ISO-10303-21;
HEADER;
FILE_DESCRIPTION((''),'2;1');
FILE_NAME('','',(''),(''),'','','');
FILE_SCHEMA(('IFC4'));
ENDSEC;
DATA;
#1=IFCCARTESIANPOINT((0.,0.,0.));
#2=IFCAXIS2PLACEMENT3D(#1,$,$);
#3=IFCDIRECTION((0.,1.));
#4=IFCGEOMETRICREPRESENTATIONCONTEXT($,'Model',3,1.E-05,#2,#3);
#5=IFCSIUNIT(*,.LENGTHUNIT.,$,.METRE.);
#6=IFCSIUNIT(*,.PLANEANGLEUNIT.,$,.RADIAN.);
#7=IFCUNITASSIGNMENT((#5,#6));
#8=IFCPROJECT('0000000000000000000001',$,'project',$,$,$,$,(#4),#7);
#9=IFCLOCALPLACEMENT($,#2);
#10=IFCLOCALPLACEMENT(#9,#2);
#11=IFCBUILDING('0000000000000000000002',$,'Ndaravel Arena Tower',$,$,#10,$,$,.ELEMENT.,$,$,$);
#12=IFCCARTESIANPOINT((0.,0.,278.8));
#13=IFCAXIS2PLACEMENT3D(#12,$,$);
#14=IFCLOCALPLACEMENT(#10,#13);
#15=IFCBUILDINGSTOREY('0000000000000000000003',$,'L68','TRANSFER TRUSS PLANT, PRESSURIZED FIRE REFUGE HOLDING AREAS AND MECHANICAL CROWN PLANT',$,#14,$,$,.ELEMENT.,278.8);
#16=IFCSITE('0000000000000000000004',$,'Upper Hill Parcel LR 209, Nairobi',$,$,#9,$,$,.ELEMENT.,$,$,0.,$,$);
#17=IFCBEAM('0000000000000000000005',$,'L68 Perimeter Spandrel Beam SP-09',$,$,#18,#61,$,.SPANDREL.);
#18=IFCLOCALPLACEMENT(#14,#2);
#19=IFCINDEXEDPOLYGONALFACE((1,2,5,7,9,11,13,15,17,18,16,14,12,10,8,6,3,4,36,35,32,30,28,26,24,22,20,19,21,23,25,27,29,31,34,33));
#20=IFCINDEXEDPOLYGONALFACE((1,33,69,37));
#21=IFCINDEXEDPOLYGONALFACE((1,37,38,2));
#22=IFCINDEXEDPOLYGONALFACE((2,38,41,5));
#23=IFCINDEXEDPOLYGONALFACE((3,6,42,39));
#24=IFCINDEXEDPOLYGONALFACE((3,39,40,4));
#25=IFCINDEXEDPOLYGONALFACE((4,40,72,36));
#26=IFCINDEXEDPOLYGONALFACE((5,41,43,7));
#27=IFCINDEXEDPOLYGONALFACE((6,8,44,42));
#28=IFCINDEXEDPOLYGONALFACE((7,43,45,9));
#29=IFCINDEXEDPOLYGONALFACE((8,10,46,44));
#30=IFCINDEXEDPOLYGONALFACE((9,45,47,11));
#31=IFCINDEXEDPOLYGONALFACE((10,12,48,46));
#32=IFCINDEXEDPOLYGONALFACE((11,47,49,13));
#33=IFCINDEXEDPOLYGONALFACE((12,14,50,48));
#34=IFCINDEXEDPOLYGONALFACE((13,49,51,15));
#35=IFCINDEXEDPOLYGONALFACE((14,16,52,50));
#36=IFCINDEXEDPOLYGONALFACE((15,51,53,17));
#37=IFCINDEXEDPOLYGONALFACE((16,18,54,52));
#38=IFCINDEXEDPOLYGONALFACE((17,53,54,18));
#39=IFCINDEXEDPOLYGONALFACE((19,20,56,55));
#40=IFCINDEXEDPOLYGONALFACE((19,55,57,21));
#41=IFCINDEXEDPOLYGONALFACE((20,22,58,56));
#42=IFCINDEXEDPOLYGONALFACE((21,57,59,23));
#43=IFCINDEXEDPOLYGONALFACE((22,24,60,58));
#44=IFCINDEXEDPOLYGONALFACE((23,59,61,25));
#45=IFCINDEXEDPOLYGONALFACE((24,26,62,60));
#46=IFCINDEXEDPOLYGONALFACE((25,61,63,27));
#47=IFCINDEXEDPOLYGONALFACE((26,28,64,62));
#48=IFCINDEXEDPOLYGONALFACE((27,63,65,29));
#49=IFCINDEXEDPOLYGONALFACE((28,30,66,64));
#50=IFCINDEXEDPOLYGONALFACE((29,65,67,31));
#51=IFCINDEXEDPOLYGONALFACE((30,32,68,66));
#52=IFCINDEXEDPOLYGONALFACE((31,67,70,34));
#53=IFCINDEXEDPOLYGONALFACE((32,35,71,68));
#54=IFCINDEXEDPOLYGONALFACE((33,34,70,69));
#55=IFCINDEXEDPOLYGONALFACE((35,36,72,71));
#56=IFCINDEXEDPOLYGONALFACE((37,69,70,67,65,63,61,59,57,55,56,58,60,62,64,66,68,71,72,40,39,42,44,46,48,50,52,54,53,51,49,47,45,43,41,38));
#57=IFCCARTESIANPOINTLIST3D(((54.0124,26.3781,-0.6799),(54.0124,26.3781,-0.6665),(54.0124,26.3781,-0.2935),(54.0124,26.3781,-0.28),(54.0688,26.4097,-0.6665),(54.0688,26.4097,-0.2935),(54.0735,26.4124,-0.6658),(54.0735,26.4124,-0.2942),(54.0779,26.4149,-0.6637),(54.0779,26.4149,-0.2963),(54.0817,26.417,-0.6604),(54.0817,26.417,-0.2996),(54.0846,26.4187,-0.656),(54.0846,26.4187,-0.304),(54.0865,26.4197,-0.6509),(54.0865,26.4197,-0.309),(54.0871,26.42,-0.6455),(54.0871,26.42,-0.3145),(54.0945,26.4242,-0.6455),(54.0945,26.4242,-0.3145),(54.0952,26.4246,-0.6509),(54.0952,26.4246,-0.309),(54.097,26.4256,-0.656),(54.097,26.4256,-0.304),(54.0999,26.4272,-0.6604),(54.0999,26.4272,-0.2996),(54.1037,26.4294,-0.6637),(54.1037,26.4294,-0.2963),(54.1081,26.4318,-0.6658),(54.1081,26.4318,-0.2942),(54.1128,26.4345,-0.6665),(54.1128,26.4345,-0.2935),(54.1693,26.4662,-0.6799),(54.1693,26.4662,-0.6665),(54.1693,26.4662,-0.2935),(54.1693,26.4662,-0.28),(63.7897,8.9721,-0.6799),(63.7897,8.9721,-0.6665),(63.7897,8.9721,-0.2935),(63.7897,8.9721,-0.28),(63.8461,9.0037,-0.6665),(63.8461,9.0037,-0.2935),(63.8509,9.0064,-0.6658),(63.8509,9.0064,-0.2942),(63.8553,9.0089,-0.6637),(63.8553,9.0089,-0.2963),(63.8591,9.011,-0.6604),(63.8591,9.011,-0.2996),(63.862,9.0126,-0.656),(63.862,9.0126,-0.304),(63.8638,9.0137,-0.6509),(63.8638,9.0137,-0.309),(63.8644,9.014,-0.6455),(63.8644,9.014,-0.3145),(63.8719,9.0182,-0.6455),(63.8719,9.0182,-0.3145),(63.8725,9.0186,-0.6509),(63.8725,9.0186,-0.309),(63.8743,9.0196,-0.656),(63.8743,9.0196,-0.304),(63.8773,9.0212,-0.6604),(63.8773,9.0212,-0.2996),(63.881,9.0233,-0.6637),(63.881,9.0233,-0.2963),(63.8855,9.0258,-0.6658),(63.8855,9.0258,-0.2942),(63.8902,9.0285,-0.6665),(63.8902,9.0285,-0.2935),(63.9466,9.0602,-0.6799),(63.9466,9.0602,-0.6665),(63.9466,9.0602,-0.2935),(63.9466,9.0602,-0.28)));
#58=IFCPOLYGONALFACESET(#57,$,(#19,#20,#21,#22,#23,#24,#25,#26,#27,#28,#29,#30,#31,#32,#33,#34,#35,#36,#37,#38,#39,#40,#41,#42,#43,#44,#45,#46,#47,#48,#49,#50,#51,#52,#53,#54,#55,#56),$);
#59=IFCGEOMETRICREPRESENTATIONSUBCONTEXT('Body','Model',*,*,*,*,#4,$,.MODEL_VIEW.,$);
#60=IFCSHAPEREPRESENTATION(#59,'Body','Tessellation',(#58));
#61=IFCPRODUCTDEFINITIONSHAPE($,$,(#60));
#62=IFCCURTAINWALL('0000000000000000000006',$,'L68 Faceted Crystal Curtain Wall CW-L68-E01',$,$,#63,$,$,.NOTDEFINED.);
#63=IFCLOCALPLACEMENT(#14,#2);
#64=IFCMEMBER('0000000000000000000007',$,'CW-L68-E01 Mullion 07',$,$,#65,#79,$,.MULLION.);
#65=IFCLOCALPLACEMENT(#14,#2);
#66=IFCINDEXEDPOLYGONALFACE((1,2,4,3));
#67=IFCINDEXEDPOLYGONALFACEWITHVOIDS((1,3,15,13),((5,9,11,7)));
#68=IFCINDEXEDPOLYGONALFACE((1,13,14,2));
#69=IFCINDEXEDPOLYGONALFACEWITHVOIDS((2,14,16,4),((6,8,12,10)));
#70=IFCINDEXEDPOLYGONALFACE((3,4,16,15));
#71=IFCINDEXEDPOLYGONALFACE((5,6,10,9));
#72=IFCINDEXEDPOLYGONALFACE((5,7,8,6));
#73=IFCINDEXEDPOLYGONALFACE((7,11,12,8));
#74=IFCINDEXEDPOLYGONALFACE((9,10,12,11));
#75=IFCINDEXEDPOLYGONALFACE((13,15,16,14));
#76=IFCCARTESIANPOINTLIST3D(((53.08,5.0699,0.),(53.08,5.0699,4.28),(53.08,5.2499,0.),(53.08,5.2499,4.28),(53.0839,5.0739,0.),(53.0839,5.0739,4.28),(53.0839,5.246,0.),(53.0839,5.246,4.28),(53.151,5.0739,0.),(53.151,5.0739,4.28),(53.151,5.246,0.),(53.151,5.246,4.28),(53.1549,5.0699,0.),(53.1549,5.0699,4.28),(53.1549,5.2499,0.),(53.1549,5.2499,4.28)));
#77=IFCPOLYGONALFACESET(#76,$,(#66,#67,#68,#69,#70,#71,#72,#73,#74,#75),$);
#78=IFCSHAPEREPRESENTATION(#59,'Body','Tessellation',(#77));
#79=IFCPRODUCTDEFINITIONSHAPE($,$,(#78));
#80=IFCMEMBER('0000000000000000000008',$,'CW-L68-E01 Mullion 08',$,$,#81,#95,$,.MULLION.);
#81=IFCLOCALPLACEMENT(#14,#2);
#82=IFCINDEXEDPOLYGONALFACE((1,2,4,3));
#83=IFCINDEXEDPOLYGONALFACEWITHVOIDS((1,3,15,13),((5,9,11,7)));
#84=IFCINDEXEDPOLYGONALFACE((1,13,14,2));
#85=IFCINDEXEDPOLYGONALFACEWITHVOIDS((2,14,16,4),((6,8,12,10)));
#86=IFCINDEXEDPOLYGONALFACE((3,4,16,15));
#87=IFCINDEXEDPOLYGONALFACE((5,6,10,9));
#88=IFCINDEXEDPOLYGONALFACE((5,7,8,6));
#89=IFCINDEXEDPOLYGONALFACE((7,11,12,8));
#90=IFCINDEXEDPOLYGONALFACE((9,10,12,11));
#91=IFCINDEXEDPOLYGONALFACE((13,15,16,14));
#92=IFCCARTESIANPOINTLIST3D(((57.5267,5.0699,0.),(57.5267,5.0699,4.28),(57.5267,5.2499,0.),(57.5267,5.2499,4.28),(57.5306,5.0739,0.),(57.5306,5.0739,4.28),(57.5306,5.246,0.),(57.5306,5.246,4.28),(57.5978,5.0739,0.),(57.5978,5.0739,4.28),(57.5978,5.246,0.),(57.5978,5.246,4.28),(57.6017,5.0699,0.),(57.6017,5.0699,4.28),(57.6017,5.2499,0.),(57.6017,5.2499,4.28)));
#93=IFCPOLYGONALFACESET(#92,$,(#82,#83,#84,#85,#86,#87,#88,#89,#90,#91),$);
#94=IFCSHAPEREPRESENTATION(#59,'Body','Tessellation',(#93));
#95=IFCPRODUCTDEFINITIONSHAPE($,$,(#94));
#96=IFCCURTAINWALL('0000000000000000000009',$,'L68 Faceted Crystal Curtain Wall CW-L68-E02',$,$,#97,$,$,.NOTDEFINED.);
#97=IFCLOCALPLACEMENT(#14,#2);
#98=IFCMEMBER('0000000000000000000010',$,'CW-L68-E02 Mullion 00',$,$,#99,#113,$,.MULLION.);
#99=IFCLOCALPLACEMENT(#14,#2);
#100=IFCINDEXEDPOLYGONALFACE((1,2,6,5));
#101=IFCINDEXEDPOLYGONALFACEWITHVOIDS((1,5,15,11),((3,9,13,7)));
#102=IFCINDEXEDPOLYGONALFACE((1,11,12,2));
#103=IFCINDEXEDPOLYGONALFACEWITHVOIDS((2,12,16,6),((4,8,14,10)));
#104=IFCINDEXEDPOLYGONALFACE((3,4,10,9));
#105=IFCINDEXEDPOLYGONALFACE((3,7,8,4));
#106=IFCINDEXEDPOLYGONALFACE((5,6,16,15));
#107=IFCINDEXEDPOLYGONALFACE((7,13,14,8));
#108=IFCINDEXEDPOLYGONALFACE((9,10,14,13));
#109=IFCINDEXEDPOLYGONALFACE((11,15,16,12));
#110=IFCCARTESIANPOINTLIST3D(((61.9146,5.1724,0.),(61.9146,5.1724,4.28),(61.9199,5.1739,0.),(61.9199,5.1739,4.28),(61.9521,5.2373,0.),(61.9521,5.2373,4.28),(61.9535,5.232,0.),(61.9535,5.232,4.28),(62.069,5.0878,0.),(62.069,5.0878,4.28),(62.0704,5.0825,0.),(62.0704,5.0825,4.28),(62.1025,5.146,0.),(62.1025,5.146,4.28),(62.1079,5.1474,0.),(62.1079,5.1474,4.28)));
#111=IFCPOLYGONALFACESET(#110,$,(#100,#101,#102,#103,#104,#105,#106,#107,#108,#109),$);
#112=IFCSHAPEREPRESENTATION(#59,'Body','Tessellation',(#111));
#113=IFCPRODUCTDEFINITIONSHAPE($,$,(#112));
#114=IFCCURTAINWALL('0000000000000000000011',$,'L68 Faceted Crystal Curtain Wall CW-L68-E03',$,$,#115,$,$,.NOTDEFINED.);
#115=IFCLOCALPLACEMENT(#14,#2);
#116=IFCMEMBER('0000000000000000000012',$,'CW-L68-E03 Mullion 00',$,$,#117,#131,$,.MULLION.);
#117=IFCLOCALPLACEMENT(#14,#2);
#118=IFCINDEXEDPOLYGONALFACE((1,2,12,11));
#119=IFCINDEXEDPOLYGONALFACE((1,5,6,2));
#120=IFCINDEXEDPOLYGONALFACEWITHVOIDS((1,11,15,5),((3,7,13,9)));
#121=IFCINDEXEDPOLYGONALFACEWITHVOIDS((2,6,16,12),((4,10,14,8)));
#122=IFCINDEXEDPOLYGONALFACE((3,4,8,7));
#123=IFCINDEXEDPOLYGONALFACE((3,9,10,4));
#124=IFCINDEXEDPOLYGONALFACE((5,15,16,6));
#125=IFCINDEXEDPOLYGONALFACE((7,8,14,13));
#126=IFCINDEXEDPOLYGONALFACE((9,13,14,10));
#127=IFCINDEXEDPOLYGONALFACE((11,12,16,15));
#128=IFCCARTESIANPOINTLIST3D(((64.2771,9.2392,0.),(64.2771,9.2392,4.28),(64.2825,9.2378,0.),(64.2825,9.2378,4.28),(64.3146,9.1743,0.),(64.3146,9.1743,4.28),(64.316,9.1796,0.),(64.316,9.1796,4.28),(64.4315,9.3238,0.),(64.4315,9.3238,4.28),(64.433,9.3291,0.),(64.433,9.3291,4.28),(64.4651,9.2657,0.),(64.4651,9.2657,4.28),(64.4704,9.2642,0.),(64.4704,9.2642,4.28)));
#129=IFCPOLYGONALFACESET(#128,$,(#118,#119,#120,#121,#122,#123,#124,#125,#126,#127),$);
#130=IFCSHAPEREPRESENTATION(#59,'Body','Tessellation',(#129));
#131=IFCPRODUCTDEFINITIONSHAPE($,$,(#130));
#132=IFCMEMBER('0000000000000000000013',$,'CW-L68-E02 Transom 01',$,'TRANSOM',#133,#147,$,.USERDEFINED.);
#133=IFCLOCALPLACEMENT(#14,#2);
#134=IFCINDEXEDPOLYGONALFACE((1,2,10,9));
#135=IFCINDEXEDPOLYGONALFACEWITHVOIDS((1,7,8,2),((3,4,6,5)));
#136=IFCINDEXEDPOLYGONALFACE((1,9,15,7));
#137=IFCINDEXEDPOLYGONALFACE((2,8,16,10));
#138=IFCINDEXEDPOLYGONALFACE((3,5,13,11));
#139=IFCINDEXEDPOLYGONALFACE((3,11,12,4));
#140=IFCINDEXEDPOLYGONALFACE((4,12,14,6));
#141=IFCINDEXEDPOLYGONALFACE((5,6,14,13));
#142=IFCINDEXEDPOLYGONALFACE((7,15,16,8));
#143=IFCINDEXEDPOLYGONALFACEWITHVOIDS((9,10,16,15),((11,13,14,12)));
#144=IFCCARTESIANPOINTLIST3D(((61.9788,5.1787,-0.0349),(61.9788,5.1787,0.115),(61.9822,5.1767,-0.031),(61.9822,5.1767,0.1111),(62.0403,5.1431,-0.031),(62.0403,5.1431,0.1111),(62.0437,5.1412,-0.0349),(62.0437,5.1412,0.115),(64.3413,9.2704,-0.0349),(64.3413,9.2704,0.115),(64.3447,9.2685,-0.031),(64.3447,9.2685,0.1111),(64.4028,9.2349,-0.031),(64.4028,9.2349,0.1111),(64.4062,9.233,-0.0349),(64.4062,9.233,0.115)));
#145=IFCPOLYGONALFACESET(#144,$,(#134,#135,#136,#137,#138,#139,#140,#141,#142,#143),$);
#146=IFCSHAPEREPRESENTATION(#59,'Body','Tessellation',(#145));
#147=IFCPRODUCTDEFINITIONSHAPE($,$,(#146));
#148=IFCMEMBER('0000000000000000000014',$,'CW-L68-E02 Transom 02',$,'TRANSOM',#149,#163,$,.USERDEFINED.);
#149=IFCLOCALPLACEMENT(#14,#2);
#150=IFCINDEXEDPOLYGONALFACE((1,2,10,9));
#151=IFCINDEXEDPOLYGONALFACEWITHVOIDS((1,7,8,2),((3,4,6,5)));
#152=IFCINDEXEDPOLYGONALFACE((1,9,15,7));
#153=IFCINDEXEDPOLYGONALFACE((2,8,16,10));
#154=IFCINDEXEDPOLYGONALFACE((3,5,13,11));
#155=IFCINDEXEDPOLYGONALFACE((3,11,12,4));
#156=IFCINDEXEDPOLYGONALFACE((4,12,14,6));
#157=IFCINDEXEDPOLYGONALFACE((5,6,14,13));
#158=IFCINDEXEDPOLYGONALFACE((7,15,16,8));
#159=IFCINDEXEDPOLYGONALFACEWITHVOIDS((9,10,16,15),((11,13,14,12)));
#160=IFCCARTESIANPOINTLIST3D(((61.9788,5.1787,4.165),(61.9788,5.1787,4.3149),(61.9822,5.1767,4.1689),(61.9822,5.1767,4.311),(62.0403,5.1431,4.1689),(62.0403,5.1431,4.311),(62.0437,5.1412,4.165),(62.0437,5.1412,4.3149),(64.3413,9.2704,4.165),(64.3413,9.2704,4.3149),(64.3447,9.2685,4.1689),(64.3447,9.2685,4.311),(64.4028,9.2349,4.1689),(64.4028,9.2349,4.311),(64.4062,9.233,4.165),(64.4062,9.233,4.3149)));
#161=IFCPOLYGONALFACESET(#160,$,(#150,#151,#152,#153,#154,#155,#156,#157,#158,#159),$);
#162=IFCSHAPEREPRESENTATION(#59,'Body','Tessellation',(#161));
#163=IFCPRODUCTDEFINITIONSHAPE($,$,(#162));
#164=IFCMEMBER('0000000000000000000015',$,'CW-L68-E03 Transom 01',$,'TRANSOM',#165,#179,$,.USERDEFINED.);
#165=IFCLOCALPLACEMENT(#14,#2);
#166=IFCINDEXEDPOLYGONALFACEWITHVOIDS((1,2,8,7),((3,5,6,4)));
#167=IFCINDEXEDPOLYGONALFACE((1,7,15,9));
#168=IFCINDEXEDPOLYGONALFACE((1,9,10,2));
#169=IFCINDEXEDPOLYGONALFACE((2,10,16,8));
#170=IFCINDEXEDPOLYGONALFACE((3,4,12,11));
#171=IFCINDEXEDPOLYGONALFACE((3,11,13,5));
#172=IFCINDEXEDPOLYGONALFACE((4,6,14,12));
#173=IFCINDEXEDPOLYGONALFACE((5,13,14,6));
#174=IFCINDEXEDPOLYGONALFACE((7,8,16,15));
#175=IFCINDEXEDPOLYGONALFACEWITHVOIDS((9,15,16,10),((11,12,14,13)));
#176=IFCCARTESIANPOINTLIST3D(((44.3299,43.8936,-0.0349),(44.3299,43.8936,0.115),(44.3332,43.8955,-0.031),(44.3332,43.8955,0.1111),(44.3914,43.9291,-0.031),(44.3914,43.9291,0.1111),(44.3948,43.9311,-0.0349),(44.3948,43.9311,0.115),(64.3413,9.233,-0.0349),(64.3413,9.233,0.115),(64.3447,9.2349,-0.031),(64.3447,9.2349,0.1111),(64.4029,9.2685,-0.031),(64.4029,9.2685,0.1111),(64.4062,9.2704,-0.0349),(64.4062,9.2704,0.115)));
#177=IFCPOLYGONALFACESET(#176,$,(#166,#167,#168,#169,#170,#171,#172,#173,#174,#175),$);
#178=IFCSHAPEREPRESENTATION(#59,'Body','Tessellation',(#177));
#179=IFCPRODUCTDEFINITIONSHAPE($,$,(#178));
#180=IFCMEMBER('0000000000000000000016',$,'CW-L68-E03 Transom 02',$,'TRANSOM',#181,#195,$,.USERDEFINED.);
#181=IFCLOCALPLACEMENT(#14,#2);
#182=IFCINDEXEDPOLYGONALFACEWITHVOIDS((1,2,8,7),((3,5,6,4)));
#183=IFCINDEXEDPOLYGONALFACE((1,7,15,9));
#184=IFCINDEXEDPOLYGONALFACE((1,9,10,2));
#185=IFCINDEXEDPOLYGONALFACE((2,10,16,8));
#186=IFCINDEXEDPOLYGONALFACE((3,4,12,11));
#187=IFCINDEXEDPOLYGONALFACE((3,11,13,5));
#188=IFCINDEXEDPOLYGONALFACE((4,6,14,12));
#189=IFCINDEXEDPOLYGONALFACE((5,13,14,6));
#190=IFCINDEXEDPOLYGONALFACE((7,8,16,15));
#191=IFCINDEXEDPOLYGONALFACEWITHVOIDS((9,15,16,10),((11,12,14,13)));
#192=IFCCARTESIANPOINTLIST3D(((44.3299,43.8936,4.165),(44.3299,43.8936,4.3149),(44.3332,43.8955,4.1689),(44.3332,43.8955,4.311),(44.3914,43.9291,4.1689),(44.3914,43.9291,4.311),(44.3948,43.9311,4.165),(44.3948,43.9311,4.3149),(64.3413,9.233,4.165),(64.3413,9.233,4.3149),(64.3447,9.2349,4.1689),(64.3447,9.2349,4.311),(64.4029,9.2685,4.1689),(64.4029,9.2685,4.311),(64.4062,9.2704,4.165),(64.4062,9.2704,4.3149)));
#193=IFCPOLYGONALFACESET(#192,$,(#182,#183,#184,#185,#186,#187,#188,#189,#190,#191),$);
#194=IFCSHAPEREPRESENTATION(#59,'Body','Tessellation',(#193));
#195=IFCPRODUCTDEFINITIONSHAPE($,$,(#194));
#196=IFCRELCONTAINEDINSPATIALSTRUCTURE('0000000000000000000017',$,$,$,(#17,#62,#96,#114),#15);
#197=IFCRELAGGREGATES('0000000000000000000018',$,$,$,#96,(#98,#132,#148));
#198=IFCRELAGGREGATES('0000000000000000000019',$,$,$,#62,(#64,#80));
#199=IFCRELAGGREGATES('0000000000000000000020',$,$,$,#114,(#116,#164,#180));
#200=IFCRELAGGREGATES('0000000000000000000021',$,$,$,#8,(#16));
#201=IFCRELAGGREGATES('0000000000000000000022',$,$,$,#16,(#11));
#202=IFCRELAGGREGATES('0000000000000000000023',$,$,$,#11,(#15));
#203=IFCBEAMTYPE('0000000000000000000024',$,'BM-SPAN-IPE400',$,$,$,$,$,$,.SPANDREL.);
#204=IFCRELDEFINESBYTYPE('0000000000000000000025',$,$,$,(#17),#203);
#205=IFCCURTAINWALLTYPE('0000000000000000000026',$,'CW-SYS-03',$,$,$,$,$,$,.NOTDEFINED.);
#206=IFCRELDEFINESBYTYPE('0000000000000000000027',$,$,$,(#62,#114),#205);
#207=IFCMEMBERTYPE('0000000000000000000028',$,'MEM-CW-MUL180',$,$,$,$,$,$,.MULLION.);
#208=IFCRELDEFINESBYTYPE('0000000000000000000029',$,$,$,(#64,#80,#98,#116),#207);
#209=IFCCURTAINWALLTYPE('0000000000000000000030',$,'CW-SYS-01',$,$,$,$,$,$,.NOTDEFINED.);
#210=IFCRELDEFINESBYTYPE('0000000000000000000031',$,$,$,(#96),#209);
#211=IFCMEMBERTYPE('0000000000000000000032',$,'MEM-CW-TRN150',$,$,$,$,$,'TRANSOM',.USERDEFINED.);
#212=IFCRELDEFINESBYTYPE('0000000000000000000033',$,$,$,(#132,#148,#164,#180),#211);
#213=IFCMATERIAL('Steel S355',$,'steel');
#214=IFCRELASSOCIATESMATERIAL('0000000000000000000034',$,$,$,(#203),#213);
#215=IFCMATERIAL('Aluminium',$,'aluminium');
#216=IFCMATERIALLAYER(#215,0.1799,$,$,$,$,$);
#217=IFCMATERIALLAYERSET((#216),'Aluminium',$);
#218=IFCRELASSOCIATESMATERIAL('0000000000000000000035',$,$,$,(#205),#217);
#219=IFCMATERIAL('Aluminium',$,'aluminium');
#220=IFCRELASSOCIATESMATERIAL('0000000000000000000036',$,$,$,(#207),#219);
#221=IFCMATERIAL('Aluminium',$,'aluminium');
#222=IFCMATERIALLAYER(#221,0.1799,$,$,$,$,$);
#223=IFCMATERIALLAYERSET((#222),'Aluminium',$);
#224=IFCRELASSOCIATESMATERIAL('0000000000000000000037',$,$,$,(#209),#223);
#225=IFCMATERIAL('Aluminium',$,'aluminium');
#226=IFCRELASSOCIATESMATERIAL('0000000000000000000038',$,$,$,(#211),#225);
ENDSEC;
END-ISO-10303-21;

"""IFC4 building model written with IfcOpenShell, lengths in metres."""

from ifc_helpers import new_model, si_unit, direction, frame, origin, origin_2d, place, context, subcontext, project, spatial, hollow_rectangle, i_section, extrude, material, layer, layer_set, material_profile, profile_set, type_object, element, aggregate, save


model = new_model("IFC4")

# Units and contexts
model_context = context("Model", 3, precision=1e-05, world=origin(), true_north=direction((0.0, 1.0)))
body_context = subcontext(model_context, "Body", "Model", "MODEL_VIEW")
ifc_project = project(units=[si_unit("LENGTHUNIT", "METRE"), si_unit("PLANEANGLEUNIT", "RADIAN")], contexts=[model_context])

# Site, building, storey
site_placement = place(None, origin())
site = spatial("IfcSite", under=ifc_project, at=site_placement, Name="Upper Hill Parcel LR 209, Nairobi", CompositionType="ELEMENT", RefElevation=0.0)
building_placement = place(site_placement, origin())
building = spatial("IfcBuilding", under=site, at=building_placement, Name="Ndaravel Arena Tower", CompositionType="ELEMENT")
storey_placement = place(building_placement, frame((0.0, 0.0, 278.8)))
storey = spatial("IfcBuildingStorey", under=building, at=storey_placement, Name="L68", Description="TRANSFER TRUSS PLANT, PRESSURIZED FIRE REFUGE HOLDING AREAS AND MECHANICAL CROWN PLANT", CompositionType="ELEMENT", Elevation=278.8)

# Beam
ifc_material_1 = material(Name="Steel S355", Category="steel")
ifc_material_profile_1 = material_profile(ifc_material_1, i_section(OverallWidth=0.1799, OverallDepth=0.3999, WebThickness=0.0085, FlangeThickness=0.0134, FilletRadius=0.021, at=origin_2d()), Name="IPE 400")
ifc_profile_set_1 = profile_set([ifc_material_profile_1], Name="Steel S355")
beam_type = type_object("IfcBeamType", Name="BM-SPAN-IPE400", PredefinedType="SPANDREL", material=ifc_profile_set_1)
beam_placement = place(storey_placement, frame((63.8682, 9.0161, -0.48), z_axis=(-0.489746, 0.871865, 0.0), x_axis=(-0.871865, -0.489746, 0.0)))
element("IfcBeam", 1, at=beam_placement, inside=storey, type_object=beam_type, Name="L68 Perimeter Spandrel Beam SP-09", PredefinedType="SPANDREL", context=body_context, shape_type="SweptSolid", body=[
    extrude(i_section(OverallWidth=0.1799, OverallDepth=0.3999, WebThickness=0.0085, FlangeThickness=0.0134, FilletRadius=0.021, at=origin_2d()), origin(), (0.0, 0.0, 1.0), 19.9641),
])

# Curtain wall, members
ifc_material_2 = material(Name="Aluminium", Category="aluminium")
ifc_layer_1 = layer(ifc_material_2, 0.1799)
ifc_layer_set_1 = layer_set([ifc_layer_1], Name="Aluminium")
curtain_wall_type_1 = type_object("IfcCurtainWallType", Name="CW-SYS-03", PredefinedType="NOTDEFINED", material=ifc_layer_set_1)
curtain_wall_1_placement = place(storey_placement, origin())
curtain_wall_1 = element("IfcCurtainWall", 2, at=curtain_wall_1_placement, inside=storey, type_object=curtain_wall_type_1, Name="L68 Faceted Crystal Curtain Wall CW-L68-E01", PredefinedType="NOTDEFINED")
ifc_material_3 = material(Name="Aluminium", Category="aluminium")
ifc_material_profile_2 = material_profile(ifc_material_3, hollow_rectangle(XDim=0.075, YDim=0.1799, WallThickness=0.0039, at=origin_2d()), Name="CW MULLION 75x180x4")
ifc_profile_set_2 = profile_set([ifc_material_profile_2], Name="Aluminium")
member_type_1 = type_object("IfcMemberType", Name="MEM-CW-MUL180", PredefinedType="MULLION", material=ifc_profile_set_2)
member_1_placement = place(storey_placement, frame((53.1174, 5.1599, 0.0), z_axis=(0.0, 0.0, 1.0), x_axis=(1.0, 0.0, 0.0)))
member_1 = element("IfcMember", 3, at=member_1_placement, type_object=member_type_1, Name="CW-L68-E01 Mullion 07", PredefinedType="MULLION", context=body_context, shape_type="SweptSolid", body=[
    extrude(hollow_rectangle(XDim=0.075, YDim=0.1799, WallThickness=0.0039, at=origin_2d()), origin(), (0.0, 0.0, 1.0), 4.28),
])
member_2_placement = place(storey_placement, frame((57.5642, 5.1599, 0.0), z_axis=(0.0, 0.0, 1.0), x_axis=(1.0, 0.0, 0.0)))
member_2 = element("IfcMember", 4, at=member_2_placement, type_object=member_type_1, Name="CW-L68-E01 Mullion 08", PredefinedType="MULLION", context=body_context, shape_type="SweptSolid", body=[
    extrude(hollow_rectangle(XDim=0.075, YDim=0.1799, WallThickness=0.0039, at=origin_2d()), origin(), (0.0, 0.0, 1.0), 4.28),
])

# Curtain walls, members
ifc_material_4 = material(Name="Aluminium", Category="aluminium")
ifc_layer_2 = layer(ifc_material_4, 0.1799)
ifc_layer_set_2 = layer_set([ifc_layer_2], Name="Aluminium")
curtain_wall_type_2 = type_object("IfcCurtainWallType", Name="CW-SYS-01", PredefinedType="NOTDEFINED", material=ifc_layer_set_2)
curtain_wall_2_placement = place(storey_placement, origin())
curtain_wall_2 = element("IfcCurtainWall", 5, at=curtain_wall_2_placement, inside=storey, type_object=curtain_wall_type_2, Name="L68 Faceted Crystal Curtain Wall CW-L68-E02", PredefinedType="NOTDEFINED")
member_3_placement = place(storey_placement, frame((62.0112, 5.1599, 0.0), z_axis=(0.0, 0.0, 1.0), x_axis=(0.5, 0.866025, 0.0)))
member_3 = element("IfcMember", 6, at=member_3_placement, type_object=member_type_1, Name="CW-L68-E02 Mullion 00", PredefinedType="MULLION", context=body_context, shape_type="SweptSolid", body=[
    extrude(hollow_rectangle(XDim=0.075, YDim=0.1799, WallThickness=0.0039, at=origin_2d()), origin(), (0.0, 0.0, 1.0), 4.28),
])
curtain_wall_3_placement = place(storey_placement, origin())
curtain_wall_3 = element("IfcCurtainWall", 7, at=curtain_wall_3_placement, inside=storey, type_object=curtain_wall_type_1, Name="L68 Faceted Crystal Curtain Wall CW-L68-E03", PredefinedType="NOTDEFINED")
member_4_placement = place(storey_placement, frame((64.3738, 9.2517, 0.0), z_axis=(0.0, 0.0, 1.0), x_axis=(-0.5, 0.866025, 0.0)))
member_4 = element("IfcMember", 8, at=member_4_placement, type_object=member_type_1, Name="CW-L68-E03 Mullion 00", PredefinedType="MULLION", context=body_context, shape_type="SweptSolid", body=[
    extrude(hollow_rectangle(XDim=0.075, YDim=0.1799, WallThickness=0.0039, at=origin_2d()), origin(), (0.0, 0.0, 1.0), 4.28),
])

# Members
ifc_material_5 = material(Name="Aluminium", Category="aluminium")
ifc_material_profile_3 = material_profile(ifc_material_5, hollow_rectangle(XDim=0.075, YDim=0.1499, WallThickness=0.0039, at=origin_2d()), Name="CW TRANSOM 75x150x4")
ifc_profile_set_3 = profile_set([ifc_material_profile_3], Name="Aluminium")
member_type_2 = type_object("IfcMemberType", Name="MEM-CW-TRN150", ElementType="TRANSOM", PredefinedType="USERDEFINED", material=ifc_profile_set_3)
member_5_placement = place(storey_placement, frame((62.0112, 5.1599, 0.04), z_axis=(0.500024, 0.866012, 0.0), x_axis=(-0.866012, 0.500024, 0.0)))
member_5 = element("IfcMember", 9, at=member_5_placement, type_object=member_type_2, Name="CW-L68-E02 Transom 01", ObjectType="TRANSOM", PredefinedType="USERDEFINED", context=body_context, shape_type="SweptSolid", body=[
    extrude(hollow_rectangle(XDim=0.075, YDim=0.1499, WallThickness=0.0039, at=origin_2d()), origin(), (0.0, 0.0, 1.0), 4.7249),
])
member_6_placement = place(storey_placement, frame((62.0112, 5.1599, 4.24), z_axis=(0.500024, 0.866012, 0.0), x_axis=(-0.866012, 0.500024, 0.0)))
member_6 = element("IfcMember", 10, at=member_6_placement, type_object=member_type_2, Name="CW-L68-E02 Transom 02", ObjectType="TRANSOM", PredefinedType="USERDEFINED", context=body_context, shape_type="SweptSolid", body=[
    extrude(hollow_rectangle(XDim=0.075, YDim=0.1499, WallThickness=0.0039, at=origin_2d()), origin(), (0.0, 0.0, 1.0), 4.7249),
])
member_7_placement = place(storey_placement, frame((64.3738, 9.2517, 0.04), z_axis=(-0.500003, 0.866024, 0.0), x_axis=(-0.866024, -0.500003, 0.0)))
member_7 = element("IfcMember", 11, at=member_7_placement, type_object=member_type_2, Name="CW-L68-E03 Transom 01", ObjectType="TRANSOM", PredefinedType="USERDEFINED", context=body_context, shape_type="SweptSolid", body=[
    extrude(hollow_rectangle(XDim=0.075, YDim=0.1499, WallThickness=0.0039, at=origin_2d()), origin(), (0.0, 0.0, 1.0), 40.0227),
])
member_8_placement = place(storey_placement, frame((64.3738, 9.2517, 4.24), z_axis=(-0.500003, 0.866024, 0.0), x_axis=(-0.866024, -0.500003, 0.0)))
member_8 = element("IfcMember", 12, at=member_8_placement, type_object=member_type_2, Name="CW-L68-E03 Transom 02", ObjectType="TRANSOM", PredefinedType="USERDEFINED", context=body_context, shape_type="SweptSolid", body=[
    extrude(hollow_rectangle(XDim=0.075, YDim=0.1499, WallThickness=0.0039, at=origin_2d()), origin(), (0.0, 0.0, 1.0), 40.0227),
])

aggregate(curtain_wall_2, [member_3, member_5, member_6])
aggregate(curtain_wall_1, [member_1, member_2])
aggregate(curtain_wall_3, [member_4, member_7, member_8])

save(model, "model.ifc")
